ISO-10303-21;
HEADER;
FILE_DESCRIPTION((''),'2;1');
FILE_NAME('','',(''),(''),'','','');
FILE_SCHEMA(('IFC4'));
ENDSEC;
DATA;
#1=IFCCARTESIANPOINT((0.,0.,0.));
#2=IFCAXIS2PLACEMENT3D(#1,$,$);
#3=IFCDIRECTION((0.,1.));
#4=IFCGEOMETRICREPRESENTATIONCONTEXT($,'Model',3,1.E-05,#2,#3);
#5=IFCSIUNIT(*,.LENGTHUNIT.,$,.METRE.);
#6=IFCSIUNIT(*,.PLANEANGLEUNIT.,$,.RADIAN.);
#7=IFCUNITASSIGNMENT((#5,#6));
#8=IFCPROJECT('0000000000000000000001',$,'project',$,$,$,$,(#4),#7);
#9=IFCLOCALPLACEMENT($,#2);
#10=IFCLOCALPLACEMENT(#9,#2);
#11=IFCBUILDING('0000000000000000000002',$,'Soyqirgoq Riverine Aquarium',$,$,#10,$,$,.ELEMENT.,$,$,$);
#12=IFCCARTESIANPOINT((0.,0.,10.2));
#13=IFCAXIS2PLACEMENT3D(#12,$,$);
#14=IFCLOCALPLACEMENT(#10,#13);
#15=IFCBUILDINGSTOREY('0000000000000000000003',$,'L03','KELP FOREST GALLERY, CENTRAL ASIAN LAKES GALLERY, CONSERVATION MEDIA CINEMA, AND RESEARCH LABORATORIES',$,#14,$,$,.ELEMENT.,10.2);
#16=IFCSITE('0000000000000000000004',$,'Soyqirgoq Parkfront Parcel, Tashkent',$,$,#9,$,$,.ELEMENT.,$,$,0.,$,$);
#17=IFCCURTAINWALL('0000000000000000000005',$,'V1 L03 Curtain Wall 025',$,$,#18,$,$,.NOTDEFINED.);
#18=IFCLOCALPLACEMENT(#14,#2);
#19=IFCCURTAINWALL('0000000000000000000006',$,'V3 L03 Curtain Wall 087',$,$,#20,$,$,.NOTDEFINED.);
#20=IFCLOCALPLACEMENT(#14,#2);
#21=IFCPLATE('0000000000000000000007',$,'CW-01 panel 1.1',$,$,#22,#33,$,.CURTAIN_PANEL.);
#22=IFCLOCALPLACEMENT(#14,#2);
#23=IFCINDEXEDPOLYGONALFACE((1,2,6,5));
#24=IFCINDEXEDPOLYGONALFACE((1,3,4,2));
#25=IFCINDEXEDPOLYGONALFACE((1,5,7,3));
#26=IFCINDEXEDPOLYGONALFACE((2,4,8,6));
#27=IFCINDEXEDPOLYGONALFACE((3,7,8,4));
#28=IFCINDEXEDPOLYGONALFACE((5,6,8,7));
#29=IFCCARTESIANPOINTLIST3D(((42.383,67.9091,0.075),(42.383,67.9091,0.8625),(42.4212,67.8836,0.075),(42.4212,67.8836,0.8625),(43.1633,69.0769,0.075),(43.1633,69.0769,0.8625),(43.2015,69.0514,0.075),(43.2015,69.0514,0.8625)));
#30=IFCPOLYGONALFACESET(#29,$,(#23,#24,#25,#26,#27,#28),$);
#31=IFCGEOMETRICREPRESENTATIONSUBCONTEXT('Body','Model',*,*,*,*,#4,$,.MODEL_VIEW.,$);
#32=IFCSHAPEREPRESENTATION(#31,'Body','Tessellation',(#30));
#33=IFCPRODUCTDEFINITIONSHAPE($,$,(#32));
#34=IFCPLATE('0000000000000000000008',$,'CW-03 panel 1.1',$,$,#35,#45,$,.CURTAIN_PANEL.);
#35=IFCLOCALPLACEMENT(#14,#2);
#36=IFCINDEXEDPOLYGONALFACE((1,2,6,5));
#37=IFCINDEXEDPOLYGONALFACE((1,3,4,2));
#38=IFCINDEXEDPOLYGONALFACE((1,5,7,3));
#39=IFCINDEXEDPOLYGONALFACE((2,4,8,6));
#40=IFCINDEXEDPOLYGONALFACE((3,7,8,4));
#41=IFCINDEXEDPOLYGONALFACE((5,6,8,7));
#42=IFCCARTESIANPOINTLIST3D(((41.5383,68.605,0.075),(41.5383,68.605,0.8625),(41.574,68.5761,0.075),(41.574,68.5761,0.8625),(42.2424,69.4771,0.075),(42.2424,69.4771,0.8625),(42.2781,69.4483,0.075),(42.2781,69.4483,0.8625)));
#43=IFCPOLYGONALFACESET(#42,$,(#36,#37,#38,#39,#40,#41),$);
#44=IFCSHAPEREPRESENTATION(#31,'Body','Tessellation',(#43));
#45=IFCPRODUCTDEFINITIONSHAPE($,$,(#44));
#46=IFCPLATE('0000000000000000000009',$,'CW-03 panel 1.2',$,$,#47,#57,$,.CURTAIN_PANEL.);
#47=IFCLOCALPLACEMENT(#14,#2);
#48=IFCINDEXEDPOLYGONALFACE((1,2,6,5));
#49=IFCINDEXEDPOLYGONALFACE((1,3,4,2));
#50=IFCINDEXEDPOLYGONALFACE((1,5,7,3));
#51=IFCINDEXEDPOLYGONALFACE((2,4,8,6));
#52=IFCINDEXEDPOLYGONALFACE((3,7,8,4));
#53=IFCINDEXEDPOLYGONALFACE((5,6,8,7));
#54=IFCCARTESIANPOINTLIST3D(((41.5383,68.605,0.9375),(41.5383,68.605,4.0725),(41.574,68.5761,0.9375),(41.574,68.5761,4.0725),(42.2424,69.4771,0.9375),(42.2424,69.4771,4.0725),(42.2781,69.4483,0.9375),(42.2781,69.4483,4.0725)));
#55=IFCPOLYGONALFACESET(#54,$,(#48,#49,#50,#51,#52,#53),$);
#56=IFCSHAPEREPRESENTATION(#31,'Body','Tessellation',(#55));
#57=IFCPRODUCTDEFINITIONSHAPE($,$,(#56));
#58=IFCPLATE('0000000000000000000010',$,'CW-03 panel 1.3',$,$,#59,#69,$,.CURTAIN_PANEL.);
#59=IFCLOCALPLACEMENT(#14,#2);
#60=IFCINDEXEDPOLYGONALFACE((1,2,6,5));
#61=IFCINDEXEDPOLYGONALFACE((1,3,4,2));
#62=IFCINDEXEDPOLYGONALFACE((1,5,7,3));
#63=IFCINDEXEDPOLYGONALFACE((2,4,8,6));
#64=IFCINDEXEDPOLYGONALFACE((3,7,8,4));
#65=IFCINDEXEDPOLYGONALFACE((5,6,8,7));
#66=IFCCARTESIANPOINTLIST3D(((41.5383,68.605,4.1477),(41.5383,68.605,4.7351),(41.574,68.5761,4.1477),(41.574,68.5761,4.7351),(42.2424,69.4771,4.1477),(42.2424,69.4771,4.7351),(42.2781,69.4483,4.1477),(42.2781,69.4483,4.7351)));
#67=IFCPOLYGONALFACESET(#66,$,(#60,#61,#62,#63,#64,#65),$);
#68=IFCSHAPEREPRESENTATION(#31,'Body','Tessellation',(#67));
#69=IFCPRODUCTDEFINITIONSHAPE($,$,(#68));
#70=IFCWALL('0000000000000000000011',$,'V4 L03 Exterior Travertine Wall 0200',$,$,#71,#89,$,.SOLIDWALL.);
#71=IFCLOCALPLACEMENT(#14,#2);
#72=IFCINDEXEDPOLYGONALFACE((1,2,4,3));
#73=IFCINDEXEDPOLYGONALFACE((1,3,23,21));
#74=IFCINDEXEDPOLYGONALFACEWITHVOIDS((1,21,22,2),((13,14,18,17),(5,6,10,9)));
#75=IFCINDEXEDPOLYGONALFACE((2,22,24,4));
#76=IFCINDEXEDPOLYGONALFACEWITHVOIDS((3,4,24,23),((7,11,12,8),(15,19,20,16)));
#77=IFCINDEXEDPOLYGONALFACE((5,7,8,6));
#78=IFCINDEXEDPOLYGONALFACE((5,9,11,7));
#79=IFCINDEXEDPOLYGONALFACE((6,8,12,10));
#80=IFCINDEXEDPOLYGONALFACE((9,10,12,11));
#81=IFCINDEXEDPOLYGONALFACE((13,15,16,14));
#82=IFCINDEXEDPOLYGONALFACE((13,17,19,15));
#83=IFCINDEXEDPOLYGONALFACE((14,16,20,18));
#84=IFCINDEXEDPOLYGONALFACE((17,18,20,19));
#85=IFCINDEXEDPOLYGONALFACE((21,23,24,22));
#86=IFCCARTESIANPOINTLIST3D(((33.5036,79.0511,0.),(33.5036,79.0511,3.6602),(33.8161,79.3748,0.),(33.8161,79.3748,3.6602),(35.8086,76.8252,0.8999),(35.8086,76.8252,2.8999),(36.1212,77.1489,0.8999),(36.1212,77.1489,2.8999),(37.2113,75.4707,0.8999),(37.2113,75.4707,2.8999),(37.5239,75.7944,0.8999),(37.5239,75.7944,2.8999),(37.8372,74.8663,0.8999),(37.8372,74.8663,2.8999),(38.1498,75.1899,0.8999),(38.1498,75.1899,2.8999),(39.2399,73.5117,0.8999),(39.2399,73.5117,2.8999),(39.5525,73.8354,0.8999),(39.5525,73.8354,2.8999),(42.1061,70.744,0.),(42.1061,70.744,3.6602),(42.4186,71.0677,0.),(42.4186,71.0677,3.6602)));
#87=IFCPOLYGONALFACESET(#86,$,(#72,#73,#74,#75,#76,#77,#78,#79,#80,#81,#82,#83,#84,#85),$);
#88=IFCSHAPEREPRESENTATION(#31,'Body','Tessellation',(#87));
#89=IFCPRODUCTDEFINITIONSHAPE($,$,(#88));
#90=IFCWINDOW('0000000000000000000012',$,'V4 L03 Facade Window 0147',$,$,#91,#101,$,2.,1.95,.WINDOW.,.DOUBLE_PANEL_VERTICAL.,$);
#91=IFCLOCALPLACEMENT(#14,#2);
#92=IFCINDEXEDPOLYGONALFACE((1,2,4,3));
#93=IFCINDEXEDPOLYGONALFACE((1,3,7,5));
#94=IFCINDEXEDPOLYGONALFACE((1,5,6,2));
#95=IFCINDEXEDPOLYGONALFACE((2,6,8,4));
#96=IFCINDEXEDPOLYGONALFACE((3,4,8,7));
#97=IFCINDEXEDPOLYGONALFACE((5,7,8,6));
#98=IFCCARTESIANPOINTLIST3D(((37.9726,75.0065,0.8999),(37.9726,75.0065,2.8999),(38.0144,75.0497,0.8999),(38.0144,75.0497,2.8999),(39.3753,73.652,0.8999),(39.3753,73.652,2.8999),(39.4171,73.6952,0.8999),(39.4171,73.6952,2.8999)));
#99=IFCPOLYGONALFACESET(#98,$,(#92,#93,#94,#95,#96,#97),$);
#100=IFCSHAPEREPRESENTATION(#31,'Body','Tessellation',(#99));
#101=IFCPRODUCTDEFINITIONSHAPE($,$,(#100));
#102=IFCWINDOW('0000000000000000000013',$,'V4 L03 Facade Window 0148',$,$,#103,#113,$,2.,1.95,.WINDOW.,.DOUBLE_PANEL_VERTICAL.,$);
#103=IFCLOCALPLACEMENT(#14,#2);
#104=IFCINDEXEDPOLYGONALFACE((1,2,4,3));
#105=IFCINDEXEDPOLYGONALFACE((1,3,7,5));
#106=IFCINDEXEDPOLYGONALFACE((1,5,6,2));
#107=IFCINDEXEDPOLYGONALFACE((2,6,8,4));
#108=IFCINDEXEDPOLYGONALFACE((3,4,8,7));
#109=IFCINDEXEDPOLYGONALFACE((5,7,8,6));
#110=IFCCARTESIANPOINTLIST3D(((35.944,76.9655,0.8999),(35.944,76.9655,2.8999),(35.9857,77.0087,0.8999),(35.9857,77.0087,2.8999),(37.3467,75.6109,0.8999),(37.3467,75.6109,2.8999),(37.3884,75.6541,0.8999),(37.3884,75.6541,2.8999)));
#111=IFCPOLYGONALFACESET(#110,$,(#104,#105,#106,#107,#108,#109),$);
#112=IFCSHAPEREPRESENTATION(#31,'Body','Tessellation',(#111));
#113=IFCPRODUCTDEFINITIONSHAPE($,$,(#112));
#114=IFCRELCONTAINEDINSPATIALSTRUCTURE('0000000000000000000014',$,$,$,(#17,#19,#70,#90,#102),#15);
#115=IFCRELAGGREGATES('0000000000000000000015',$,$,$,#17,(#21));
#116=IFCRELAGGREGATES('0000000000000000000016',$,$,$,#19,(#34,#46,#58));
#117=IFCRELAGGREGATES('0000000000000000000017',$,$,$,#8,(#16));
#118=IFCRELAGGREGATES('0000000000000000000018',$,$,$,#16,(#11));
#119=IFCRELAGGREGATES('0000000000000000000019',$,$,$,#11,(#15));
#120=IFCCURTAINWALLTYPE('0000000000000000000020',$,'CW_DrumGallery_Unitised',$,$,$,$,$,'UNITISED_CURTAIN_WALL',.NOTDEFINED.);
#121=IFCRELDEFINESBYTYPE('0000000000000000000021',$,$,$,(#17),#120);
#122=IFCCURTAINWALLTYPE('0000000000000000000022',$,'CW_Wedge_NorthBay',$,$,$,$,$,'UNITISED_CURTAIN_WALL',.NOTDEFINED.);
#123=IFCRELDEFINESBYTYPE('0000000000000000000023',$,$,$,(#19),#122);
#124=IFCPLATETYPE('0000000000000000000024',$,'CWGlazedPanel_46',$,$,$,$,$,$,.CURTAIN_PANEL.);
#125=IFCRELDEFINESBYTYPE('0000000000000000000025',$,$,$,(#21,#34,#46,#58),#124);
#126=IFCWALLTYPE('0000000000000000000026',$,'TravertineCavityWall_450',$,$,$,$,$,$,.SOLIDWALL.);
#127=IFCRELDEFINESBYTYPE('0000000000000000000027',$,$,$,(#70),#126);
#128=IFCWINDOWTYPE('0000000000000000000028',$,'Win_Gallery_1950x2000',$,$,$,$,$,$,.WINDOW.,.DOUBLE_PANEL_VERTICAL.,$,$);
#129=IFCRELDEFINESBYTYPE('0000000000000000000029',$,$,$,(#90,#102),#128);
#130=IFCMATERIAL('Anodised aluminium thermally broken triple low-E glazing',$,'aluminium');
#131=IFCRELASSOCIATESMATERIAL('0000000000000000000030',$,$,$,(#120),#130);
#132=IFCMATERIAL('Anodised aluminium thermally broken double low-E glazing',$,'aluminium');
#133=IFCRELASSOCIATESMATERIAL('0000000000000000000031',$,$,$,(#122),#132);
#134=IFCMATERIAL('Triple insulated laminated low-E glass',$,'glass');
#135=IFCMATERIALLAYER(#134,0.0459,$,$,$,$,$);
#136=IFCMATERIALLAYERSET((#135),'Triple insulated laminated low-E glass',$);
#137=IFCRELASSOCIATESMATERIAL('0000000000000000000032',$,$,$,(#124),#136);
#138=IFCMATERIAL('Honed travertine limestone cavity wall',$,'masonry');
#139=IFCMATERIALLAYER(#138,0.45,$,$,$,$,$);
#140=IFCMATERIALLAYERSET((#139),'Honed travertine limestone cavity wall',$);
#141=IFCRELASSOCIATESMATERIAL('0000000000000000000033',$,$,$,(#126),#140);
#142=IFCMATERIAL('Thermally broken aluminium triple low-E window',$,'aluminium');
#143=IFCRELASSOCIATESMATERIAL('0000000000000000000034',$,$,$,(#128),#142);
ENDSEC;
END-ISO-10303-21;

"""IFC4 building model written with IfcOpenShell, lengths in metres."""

from ifc_helpers import new_model, si_unit, direction, frame, frame_2d, origin, origin_2d, place, context, subcontext, project, spatial, rectangle, extrude, material, layer, layer_set, type_object, element, fill, aggregate, save


model = new_model("IFC4")

# Units and contexts
model_context = context("Model", 3, precision=1e-05, world=origin(), true_north=direction((0.0, 1.0)))
body_context = subcontext(model_context, "Body", "Model", "MODEL_VIEW")
ifc_project = project(units=[si_unit("LENGTHUNIT", "METRE"), si_unit("PLANEANGLEUNIT", "RADIAN")], contexts=[model_context])

# Site, building, storey
site_placement = place(None, origin())
site = spatial("IfcSite", under=ifc_project, at=site_placement, Name="Soyqirgoq Parkfront Parcel, Tashkent", CompositionType="ELEMENT", RefElevation=0.0)
building_placement = place(site_placement, origin())
building = spatial("IfcBuilding", under=site, at=building_placement, Name="Soyqirgoq Riverine Aquarium", CompositionType="ELEMENT")
storey_placement = place(building_placement, frame((0.0, 0.0, 10.2)))
storey = spatial("IfcBuildingStorey", under=building, at=storey_placement, Name="L03", Description="KELP FOREST GALLERY, CENTRAL ASIAN LAKES GALLERY, CONSERVATION MEDIA CINEMA, AND RESEARCH LABORATORIES", CompositionType="ELEMENT", Elevation=10.2)

# Curtain walls
ifc_material_1 = material(Name="Anodised aluminium thermally broken triple low-E glazing", Category="aluminium")
curtain_wall_type_1 = type_object("IfcCurtainWallType", Name="CW_DrumGallery_Unitised", ElementType="UNITISED_CURTAIN_WALL", PredefinedType="NOTDEFINED", material=ifc_material_1)
curtain_wall_1_placement = place(storey_placement, origin())
curtain_wall_1 = element("IfcCurtainWall", 1, at=curtain_wall_1_placement, inside=storey, type_object=curtain_wall_type_1, Name="V1 L03 Curtain Wall 025", PredefinedType="NOTDEFINED")
ifc_material_2 = material(Name="Anodised aluminium thermally broken double low-E glazing", Category="aluminium")
curtain_wall_type_2 = type_object("IfcCurtainWallType", Name="CW_Wedge_NorthBay", ElementType="UNITISED_CURTAIN_WALL", PredefinedType="NOTDEFINED", material=ifc_material_2)
curtain_wall_2_placement = place(storey_placement, origin())
curtain_wall_2 = element("IfcCurtainWall", 2, at=curtain_wall_2_placement, inside=storey, type_object=curtain_wall_type_2, Name="V3 L03 Curtain Wall 087", PredefinedType="NOTDEFINED")

# Plates
ifc_material_3 = material(Name="Triple insulated laminated low-E glass", Category="glass")
ifc_layer_1 = layer(ifc_material_3, 0.0459)
ifc_layer_set_1 = layer_set([ifc_layer_1], Name="Triple insulated laminated low-E glass")
plate_type = type_object("IfcPlateType", Name="CWGlazedPanel_46", PredefinedType="CURTAIN_PANEL", material=ifc_layer_set_1)
plate_1_placement = place(storey_placement, frame((42.7922, 68.4802, 0.075), z_axis=(0.0, 0.0, 1.0), x_axis=(-0.555572, -0.831469, 0.0)))
plate_1 = element("IfcPlate", 3, at=plate_1_placement, type_object=plate_type, Name="CW-01 panel 1.1", PredefinedType="CURTAIN_PANEL", context=body_context, shape_type="SweptSolid", body=[
    extrude(rectangle(XDim=1.4045, YDim=0.0459, at=origin_2d()), origin(), (0.0, 0.0, 1.0), 0.7876),
])
aggregate(curtain_wall_1, [plate_1])
plate_2_placement = place(storey_placement, frame((41.9082, 69.0266, 0.075), z_axis=(0.0, 0.0, 1.0), x_axis=(-0.628153, -0.77809, 0.0)))
plate_2 = element("IfcPlate", 4, at=plate_2_placement, type_object=plate_type, Name="CW-03 panel 1.1", PredefinedType="CURTAIN_PANEL", context=body_context, shape_type="SweptSolid", body=[
    extrude(rectangle(XDim=1.1208, YDim=0.0459, at=origin_2d()), origin(), (0.0, 0.0, 1.0), 0.7876),
])
plate_3_placement = place(storey_placement, frame((41.9082, 69.0266, 0.9375), z_axis=(0.0, 0.0, 1.0), x_axis=(-0.628153, -0.77809, 0.0)))
plate_3 = element("IfcPlate", 5, at=plate_3_placement, type_object=plate_type, Name="CW-03 panel 1.2", PredefinedType="CURTAIN_PANEL", context=body_context, shape_type="SweptSolid", body=[
    extrude(rectangle(XDim=1.1208, YDim=0.0459, at=origin_2d()), origin(), (0.0, 0.0, 1.0), 3.135),
])
plate_4_placement = place(storey_placement, frame((41.9082, 69.0266, 4.1477), z_axis=(0.0, 0.0, 1.0), x_axis=(-0.628153, -0.77809, 0.0)))
plate_4 = element("IfcPlate", 6, at=plate_4_placement, type_object=plate_type, Name="CW-03 panel 1.3", PredefinedType="CURTAIN_PANEL", context=body_context, shape_type="SweptSolid", body=[
    extrude(rectangle(XDim=1.1208, YDim=0.0459, at=origin_2d()), origin(), (0.0, 0.0, 1.0), 0.5874),
])
aggregate(curtain_wall_2, [plate_2, plate_3, plate_4])

# Wall, openings, windows
ifc_material_4 = material(Name="Honed travertine limestone cavity wall", Category="masonry")
ifc_layer_2 = layer(ifc_material_4, 0.45)
ifc_layer_set_2 = layer_set([ifc_layer_2], Name="Honed travertine limestone cavity wall")
wall_type = type_object("IfcWallType", Name="TravertineCavityWall_450", PredefinedType="SOLIDWALL", material=ifc_layer_set_2)
wall_placement = place(storey_placement, frame((42.2625, 70.9058, 0.0), z_axis=(0.0, 0.0, 1.0), x_axis=(-0.71935, 0.694648, 0.0)))
wall = element("IfcWall", 7, at=wall_placement, inside=storey, type_object=wall_type, Name="V4 L03 Exterior Travertine Wall 0200", PredefinedType="SOLIDWALL", context=body_context, shape_type="SweptSolid", body=[
    extrude(rectangle(XDim=11.9587, YDim=0.45, at=frame_2d((5.9795, 0.0))), origin(), (0.0, 0.0, 1.0), 3.6602),
])
opening_1_placement = place(wall_placement, frame((3.9844, 0.0, 0.8999)))
opening_1 = element("IfcOpeningElement", 8, at=opening_1_placement, cuts=wall, PredefinedType="OPENING", context=body_context, shape_type="SweptSolid", body=[
    extrude(rectangle(XDim=1.95, YDim=2.0, at=frame_2d((0.9751, 1.0))), frame((0.0, 0.2349, 0.0), z_axis=(0.0, -1.0, 0.0), x_axis=(1.0, 0.0, 0.0)), (0.0, 0.0, 1.0), 0.47),
])
opening_2_placement = place(wall_placement, frame((6.8044, 0.0, 0.8999)))
opening_2 = element("IfcOpeningElement", 9, at=opening_2_placement, cuts=wall, PredefinedType="OPENING", context=body_context, shape_type="SweptSolid", body=[
    extrude(rectangle(XDim=1.95, YDim=2.0, at=frame_2d((0.9751, 1.0))), frame((0.0, 0.2349, 0.0), z_axis=(0.0, -1.0, 0.0), x_axis=(1.0, 0.0, 0.0)), (0.0, 0.0, 1.0), 0.47),
])
ifc_material_5 = material(Name="Thermally broken aluminium triple low-E window", Category="aluminium")
window_type = type_object("IfcWindowType", Name="Win_Gallery_1950x2000", PartitioningType="DOUBLE_PANEL_VERTICAL", PredefinedType="WINDOW", material=ifc_material_5)
window_1_placement = place(opening_1_placement, origin())
window_1 = element("IfcWindow", 10, at=window_1_placement, inside=storey, type_object=window_type, Name="V4 L03 Facade Window 0147", OverallHeight=2.0, OverallWidth=1.95, PartitioningType="DOUBLE_PANEL_VERTICAL", PredefinedType="WINDOW", context=body_context, shape_type="SweptSolid", body=[
    extrude(rectangle(XDim=1.95, YDim=2.0, at=frame_2d((0.9751, 1.0))), frame((0.0, 0.03, 0.0), z_axis=(0.0, -1.0, 0.0), x_axis=(1.0, 0.0, 0.0)), (0.0, 0.0, 1.0), 0.0601),
])
fill(opening_1, window_1)
window_2_placement = place(opening_2_placement, origin())
window_2 = element("IfcWindow", 11, at=window_2_placement, inside=storey, type_object=window_type, Name="V4 L03 Facade Window 0148", OverallHeight=2.0, OverallWidth=1.95, PartitioningType="DOUBLE_PANEL_VERTICAL", PredefinedType="WINDOW", context=body_context, shape_type="SweptSolid", body=[
    extrude(rectangle(XDim=1.95, YDim=2.0, at=frame_2d((0.9751, 1.0))), frame((0.0, 0.03, 0.0), z_axis=(0.0, -1.0, 0.0), x_axis=(1.0, 0.0, 0.0)), (0.0, 0.0, 1.0), 0.0601),
])
fill(opening_2, window_2)

save(model, "model.ifc")
